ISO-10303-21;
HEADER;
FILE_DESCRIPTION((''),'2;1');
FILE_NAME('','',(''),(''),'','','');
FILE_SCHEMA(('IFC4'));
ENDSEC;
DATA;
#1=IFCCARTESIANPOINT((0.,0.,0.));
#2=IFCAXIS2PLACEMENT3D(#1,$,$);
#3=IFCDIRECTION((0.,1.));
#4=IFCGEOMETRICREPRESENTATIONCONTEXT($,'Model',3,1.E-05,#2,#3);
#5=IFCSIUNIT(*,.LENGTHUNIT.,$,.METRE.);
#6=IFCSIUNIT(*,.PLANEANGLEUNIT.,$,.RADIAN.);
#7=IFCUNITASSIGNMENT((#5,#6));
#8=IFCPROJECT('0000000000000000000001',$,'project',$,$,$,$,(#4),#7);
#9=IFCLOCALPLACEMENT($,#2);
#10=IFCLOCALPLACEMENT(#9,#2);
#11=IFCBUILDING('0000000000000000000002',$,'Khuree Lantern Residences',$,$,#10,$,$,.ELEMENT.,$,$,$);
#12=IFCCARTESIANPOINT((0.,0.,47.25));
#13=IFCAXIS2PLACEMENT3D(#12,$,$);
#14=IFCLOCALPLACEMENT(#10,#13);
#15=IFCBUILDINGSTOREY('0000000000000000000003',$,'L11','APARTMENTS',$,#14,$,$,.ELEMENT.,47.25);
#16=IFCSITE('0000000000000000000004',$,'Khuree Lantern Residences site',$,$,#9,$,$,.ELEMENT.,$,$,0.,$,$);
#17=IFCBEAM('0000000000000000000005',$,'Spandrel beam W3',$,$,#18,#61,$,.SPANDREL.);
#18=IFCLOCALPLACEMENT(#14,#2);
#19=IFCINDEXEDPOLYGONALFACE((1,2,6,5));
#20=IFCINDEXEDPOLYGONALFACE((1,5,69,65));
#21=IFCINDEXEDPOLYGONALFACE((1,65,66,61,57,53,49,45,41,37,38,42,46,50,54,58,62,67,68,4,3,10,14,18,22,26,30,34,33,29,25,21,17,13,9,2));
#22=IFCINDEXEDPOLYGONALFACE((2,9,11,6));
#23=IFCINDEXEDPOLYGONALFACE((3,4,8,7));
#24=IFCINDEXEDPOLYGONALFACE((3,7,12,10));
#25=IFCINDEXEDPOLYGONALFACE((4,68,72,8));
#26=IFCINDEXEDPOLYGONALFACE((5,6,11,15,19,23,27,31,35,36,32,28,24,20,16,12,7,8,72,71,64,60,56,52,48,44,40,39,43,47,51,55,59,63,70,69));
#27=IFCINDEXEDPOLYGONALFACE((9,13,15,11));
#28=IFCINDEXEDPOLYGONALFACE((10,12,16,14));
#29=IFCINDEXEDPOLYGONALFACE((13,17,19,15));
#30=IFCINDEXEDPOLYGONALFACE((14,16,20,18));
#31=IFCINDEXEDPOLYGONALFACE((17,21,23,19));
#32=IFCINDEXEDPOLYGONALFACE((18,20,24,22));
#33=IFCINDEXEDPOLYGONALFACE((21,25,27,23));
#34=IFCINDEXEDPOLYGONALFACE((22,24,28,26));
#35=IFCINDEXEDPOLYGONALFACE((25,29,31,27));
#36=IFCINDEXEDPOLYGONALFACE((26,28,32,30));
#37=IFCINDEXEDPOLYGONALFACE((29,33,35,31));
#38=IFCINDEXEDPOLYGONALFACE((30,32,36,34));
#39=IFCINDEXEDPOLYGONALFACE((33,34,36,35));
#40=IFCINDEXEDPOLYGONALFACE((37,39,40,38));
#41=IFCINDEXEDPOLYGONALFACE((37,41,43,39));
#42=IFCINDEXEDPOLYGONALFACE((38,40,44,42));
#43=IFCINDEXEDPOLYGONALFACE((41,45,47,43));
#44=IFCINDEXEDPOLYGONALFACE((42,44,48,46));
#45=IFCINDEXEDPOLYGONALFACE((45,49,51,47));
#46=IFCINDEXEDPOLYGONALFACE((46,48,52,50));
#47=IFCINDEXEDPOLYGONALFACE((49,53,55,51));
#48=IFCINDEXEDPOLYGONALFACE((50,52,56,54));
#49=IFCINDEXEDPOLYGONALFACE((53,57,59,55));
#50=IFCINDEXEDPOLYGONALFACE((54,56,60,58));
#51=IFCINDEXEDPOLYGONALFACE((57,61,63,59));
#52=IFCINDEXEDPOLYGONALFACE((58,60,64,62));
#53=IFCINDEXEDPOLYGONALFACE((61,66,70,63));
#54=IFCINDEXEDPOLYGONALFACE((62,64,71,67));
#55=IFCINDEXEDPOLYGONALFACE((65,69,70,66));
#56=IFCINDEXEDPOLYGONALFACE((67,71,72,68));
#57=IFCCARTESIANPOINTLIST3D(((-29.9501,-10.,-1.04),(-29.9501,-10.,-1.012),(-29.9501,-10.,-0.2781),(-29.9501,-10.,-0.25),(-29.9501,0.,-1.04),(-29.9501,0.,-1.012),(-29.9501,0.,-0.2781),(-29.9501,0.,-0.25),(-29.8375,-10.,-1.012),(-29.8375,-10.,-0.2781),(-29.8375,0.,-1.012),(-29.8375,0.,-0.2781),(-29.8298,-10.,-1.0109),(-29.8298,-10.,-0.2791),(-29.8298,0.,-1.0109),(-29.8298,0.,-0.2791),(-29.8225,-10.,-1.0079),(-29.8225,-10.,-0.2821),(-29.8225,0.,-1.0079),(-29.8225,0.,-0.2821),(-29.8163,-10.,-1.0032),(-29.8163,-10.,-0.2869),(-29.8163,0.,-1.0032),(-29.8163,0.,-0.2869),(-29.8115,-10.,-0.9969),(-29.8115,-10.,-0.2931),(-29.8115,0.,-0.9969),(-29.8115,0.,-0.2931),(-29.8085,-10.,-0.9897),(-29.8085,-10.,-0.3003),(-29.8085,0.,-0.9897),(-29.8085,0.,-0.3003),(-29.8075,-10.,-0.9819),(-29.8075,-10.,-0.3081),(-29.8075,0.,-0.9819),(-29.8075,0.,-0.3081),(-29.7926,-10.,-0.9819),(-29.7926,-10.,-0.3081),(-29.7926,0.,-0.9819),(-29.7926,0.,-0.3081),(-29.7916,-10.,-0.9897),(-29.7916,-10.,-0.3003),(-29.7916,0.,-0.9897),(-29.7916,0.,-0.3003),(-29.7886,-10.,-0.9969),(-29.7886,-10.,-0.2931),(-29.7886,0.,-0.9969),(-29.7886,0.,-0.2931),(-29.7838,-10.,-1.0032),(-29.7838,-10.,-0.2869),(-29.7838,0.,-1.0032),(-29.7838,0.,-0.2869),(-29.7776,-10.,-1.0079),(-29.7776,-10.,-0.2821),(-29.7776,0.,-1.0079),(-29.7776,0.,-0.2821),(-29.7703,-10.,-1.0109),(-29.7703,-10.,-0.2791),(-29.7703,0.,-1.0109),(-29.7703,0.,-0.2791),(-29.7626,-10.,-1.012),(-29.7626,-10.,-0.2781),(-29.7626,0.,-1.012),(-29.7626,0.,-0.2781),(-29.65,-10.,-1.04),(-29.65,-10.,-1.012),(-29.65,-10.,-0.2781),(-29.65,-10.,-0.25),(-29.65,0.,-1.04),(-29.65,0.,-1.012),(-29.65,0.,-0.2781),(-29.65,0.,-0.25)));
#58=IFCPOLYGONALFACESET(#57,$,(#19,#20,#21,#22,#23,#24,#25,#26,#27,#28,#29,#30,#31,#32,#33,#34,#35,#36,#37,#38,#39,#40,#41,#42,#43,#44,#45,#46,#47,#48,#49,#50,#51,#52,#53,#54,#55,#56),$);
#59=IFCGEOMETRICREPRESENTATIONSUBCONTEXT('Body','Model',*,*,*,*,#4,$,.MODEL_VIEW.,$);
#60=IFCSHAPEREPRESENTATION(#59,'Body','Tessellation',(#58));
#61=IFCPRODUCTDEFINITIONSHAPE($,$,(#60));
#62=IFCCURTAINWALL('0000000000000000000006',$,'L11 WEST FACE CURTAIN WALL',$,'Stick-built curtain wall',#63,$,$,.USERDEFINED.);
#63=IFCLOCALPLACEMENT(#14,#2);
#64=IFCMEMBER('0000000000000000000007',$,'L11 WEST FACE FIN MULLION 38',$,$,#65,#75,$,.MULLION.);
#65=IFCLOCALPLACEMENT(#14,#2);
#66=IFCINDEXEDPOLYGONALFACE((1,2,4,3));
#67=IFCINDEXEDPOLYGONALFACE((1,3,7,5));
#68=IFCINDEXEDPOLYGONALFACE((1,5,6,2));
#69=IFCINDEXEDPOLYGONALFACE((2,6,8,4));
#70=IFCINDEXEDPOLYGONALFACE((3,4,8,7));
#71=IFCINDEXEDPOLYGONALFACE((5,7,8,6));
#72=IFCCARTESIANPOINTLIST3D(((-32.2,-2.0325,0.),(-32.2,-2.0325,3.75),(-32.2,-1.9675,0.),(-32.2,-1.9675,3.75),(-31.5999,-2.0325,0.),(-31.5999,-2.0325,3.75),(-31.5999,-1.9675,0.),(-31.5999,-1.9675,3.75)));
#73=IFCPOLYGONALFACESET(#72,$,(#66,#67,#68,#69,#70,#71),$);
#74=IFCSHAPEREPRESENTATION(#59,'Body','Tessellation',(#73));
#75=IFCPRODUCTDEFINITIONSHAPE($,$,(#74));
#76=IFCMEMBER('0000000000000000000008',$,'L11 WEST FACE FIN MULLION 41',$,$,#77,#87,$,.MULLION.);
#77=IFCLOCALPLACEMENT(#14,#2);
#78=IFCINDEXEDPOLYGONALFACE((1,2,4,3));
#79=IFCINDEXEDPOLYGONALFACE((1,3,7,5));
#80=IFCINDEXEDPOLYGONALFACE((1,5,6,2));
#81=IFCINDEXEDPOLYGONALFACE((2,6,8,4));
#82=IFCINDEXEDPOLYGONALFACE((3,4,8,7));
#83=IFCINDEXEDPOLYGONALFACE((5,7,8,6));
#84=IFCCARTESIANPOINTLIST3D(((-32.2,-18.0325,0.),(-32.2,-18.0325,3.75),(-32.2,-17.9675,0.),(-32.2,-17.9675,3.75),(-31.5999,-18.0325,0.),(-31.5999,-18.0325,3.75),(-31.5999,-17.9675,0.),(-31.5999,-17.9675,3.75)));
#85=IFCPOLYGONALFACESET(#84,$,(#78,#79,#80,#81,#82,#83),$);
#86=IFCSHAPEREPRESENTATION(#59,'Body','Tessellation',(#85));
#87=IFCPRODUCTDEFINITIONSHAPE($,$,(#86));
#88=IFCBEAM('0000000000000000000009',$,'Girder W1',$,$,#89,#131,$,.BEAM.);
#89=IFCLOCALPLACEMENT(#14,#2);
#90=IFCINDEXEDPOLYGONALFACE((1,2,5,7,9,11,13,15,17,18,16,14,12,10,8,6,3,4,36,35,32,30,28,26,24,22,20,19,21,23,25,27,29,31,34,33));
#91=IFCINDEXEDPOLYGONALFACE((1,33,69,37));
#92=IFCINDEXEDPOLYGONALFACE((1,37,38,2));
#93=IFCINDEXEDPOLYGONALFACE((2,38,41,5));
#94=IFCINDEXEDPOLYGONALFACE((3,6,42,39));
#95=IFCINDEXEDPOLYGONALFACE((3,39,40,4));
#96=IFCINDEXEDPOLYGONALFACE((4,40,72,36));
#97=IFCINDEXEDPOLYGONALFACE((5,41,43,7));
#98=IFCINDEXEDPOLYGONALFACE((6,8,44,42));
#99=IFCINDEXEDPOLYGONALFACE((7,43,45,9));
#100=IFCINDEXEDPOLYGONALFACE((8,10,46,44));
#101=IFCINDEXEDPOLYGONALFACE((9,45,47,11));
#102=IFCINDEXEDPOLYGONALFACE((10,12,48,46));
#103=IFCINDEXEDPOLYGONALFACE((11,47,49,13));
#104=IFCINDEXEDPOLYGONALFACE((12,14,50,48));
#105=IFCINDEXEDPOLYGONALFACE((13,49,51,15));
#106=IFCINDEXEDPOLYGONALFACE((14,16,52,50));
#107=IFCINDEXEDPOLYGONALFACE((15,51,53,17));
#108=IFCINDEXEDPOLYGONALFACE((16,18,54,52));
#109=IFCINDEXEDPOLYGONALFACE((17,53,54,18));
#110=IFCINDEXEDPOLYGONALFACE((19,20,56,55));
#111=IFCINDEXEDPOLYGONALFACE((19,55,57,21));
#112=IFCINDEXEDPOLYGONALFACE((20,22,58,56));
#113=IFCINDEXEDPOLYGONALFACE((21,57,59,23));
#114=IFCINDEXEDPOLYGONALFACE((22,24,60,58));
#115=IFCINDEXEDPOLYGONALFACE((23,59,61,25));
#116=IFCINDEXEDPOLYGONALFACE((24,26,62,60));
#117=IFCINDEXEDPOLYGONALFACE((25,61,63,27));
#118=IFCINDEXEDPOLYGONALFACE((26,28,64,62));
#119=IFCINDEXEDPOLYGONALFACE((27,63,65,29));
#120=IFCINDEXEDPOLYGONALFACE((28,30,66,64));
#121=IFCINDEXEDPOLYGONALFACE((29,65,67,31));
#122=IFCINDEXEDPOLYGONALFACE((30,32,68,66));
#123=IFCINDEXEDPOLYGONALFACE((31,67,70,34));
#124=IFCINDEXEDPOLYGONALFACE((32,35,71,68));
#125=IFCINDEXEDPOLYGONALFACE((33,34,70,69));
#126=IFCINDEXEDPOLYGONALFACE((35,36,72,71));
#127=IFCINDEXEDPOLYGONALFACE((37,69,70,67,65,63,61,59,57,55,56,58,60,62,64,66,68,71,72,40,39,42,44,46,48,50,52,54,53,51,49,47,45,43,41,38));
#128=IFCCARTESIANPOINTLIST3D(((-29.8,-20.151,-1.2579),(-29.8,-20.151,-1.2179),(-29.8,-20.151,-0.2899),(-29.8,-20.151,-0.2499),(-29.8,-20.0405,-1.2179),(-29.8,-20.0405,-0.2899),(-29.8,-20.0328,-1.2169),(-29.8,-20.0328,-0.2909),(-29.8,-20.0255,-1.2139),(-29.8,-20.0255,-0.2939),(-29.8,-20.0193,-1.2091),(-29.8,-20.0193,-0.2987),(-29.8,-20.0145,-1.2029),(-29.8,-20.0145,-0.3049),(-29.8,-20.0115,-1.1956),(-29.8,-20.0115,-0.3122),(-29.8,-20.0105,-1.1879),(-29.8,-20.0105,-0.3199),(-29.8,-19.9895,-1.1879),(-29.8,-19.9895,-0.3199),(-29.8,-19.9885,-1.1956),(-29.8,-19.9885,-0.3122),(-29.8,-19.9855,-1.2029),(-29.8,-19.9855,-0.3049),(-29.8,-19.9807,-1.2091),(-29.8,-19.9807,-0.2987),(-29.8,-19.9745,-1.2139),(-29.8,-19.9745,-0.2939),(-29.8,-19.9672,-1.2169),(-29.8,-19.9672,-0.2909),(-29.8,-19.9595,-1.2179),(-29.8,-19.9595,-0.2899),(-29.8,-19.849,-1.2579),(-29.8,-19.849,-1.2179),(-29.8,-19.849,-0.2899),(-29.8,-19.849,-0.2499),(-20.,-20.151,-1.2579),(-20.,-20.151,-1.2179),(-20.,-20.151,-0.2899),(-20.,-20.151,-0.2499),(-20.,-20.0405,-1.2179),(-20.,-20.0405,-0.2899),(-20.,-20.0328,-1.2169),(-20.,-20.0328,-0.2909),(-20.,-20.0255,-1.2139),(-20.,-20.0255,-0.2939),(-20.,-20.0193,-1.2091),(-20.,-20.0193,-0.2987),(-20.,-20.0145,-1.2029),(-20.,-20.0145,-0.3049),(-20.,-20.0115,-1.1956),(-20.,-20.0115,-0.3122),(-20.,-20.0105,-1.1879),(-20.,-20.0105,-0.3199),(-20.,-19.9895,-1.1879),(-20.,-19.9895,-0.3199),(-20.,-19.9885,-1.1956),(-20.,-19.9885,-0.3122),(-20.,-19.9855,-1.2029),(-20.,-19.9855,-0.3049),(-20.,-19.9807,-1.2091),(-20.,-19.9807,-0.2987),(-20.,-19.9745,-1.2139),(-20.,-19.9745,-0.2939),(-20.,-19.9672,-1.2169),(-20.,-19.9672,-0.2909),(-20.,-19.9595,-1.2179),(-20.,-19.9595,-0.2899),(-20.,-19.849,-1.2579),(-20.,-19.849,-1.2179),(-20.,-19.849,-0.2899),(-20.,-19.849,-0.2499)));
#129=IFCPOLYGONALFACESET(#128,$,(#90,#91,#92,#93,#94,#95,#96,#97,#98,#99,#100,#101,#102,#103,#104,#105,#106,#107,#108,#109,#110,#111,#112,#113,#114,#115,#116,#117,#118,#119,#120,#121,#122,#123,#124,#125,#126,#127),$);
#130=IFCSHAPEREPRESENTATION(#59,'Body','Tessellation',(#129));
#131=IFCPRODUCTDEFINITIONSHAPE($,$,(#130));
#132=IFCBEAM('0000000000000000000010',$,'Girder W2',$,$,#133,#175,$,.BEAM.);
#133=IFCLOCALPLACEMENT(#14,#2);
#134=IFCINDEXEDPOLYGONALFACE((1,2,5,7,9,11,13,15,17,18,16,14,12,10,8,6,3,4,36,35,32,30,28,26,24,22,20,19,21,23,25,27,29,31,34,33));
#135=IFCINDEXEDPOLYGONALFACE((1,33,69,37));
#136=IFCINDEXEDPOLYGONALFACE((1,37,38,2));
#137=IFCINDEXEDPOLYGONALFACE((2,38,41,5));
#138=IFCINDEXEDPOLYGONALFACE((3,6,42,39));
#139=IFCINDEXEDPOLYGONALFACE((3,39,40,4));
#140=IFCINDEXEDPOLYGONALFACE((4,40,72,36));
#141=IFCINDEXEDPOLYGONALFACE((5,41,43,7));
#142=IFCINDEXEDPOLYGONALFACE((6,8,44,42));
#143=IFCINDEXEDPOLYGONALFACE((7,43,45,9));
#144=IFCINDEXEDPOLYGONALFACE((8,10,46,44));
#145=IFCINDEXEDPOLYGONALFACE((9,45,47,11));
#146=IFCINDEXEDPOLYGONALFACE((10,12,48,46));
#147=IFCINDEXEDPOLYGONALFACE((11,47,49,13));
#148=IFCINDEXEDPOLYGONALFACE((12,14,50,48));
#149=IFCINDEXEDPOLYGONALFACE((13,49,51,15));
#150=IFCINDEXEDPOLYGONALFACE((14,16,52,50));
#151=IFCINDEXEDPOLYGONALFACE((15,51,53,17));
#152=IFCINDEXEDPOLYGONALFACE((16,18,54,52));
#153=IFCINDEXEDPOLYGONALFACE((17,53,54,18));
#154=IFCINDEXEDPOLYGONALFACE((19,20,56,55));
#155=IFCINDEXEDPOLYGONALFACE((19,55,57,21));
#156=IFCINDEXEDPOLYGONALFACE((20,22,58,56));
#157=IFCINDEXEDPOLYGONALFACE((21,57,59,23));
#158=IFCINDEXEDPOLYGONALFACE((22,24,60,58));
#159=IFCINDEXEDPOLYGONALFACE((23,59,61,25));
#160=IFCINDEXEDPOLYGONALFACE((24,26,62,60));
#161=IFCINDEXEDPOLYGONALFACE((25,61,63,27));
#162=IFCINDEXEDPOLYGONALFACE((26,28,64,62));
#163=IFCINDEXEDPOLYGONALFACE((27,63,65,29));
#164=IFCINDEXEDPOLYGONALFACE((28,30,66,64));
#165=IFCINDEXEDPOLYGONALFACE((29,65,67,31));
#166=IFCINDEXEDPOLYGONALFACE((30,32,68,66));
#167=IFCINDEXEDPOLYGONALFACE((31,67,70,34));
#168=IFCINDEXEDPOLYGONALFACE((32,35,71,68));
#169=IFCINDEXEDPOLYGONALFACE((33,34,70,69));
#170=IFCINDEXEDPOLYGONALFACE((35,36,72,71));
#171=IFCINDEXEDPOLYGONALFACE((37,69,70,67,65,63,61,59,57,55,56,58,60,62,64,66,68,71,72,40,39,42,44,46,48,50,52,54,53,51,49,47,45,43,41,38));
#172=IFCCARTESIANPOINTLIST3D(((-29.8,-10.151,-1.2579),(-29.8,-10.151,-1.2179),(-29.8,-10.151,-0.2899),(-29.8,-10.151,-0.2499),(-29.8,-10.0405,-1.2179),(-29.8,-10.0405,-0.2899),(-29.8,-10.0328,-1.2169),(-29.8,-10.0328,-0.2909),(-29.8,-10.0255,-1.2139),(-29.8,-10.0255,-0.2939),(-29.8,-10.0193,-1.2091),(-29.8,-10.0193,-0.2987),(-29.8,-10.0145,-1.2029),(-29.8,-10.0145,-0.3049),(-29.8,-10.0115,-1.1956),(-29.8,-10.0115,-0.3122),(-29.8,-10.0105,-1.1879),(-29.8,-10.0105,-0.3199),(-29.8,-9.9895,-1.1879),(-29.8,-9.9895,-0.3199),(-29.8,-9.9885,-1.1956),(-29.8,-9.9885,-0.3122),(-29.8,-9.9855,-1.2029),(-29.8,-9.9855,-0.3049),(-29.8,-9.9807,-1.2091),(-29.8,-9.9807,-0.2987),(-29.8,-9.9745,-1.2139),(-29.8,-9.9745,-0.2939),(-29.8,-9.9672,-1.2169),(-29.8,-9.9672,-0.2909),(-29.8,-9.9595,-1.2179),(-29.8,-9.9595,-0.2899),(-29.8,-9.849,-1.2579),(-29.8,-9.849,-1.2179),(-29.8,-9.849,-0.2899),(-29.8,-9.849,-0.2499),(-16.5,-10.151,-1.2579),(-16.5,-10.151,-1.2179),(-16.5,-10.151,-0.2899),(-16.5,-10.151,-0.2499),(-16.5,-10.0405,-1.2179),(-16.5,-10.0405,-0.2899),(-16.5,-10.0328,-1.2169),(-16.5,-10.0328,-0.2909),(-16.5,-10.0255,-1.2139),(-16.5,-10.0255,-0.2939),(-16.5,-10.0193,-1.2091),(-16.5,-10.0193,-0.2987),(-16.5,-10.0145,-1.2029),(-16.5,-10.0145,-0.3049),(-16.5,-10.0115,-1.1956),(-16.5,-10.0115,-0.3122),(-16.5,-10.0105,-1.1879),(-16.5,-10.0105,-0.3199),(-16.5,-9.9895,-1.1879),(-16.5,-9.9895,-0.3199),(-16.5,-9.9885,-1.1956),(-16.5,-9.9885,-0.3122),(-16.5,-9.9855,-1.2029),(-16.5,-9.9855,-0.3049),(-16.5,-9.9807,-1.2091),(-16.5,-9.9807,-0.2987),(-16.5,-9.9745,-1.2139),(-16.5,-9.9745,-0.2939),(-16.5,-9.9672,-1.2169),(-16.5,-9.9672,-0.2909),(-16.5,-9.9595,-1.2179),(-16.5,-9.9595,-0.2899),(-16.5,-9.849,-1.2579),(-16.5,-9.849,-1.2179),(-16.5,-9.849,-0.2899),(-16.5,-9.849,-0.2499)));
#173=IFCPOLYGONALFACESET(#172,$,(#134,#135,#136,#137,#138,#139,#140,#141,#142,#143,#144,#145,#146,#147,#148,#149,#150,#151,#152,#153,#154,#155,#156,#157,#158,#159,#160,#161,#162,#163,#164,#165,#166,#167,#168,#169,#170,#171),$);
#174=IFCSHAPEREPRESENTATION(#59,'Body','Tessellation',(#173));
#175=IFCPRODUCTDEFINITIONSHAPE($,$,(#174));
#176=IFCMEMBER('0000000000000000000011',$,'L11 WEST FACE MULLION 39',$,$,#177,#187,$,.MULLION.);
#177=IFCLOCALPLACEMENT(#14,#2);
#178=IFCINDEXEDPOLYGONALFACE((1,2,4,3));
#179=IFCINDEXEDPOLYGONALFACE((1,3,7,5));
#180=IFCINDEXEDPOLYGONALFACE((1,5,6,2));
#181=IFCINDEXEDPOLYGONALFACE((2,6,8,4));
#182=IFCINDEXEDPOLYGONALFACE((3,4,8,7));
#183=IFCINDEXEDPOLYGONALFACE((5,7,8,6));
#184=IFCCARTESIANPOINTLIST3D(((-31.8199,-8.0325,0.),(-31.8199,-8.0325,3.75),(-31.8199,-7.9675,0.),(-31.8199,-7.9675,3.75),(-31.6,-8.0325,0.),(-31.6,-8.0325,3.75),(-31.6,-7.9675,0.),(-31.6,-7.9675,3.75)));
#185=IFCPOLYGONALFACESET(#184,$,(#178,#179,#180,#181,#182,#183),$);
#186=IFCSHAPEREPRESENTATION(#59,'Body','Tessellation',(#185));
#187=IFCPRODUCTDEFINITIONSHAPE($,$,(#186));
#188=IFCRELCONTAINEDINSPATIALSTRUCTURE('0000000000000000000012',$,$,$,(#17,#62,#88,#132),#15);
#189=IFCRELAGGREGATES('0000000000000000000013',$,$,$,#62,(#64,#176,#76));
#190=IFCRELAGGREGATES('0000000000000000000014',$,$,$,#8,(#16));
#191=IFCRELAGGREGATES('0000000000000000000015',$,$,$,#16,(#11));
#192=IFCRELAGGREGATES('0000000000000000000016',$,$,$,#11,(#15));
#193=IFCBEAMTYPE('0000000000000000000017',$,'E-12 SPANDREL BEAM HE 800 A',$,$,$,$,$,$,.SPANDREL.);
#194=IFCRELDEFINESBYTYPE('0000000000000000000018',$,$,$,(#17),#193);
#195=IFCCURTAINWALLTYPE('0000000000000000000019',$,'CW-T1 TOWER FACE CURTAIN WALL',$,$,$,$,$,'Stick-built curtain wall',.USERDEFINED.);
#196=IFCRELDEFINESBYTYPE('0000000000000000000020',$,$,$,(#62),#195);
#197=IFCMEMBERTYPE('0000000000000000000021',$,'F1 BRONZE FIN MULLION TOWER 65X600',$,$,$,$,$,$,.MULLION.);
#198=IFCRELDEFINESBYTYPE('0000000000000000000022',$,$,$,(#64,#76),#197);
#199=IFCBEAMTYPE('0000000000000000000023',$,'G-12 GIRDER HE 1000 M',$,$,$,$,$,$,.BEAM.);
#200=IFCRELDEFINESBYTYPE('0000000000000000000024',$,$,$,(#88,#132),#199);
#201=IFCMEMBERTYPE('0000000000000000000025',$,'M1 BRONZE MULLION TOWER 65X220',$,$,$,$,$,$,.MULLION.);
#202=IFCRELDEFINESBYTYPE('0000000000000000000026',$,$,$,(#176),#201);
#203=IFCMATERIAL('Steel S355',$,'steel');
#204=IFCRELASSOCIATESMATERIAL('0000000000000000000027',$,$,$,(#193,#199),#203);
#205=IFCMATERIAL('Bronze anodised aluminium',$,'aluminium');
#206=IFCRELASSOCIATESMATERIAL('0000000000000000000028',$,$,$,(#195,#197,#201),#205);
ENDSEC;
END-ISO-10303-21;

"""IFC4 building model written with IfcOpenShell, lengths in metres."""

from ifc_helpers import new_model, si_unit, direction, frame, origin, origin_2d, place, context, subcontext, project, spatial, rectangle, i_section, extrude, material, material_profile, profile_set, type_object, element, aggregate, save


model = new_model("IFC4")

# Units and contexts
model_context = context("Model", 3, precision=1e-05, world=origin(), true_north=direction((0.0, 1.0)))
body_context = subcontext(model_context, "Body", "Model", "MODEL_VIEW")
ifc_project = project(units=[si_unit("LENGTHUNIT", "METRE"), si_unit("PLANEANGLEUNIT", "RADIAN")], contexts=[model_context])

# Site, building, storey
site_placement = place(None, origin())
site = spatial("IfcSite", under=ifc_project, at=site_placement, Name="Khuree Lantern Residences site", CompositionType="ELEMENT", RefElevation=0.0)
building_placement = place(site_placement, origin())
building = spatial("IfcBuilding", under=site, at=building_placement, Name="Khuree Lantern Residences", CompositionType="ELEMENT")
storey_placement = place(building_placement, frame((0.0, 0.0, 47.25)))
storey = spatial("IfcBuildingStorey", under=building, at=storey_placement, Name="L11", Description="APARTMENTS", CompositionType="ELEMENT", Elevation=47.25)

# Beam
ifc_material_1 = material(Name="Steel S355", Category="steel")
ifc_material_profile_1 = material_profile(ifc_material_1, i_section(OverallWidth=0.3, OverallDepth=0.79, WebThickness=0.0149, FlangeThickness=0.0281, FilletRadius=0.03, at=origin_2d()), Name="HE 800 A")
ifc_profile_set_1 = profile_set([ifc_material_profile_1], Name="Steel S355")
beam_type_1 = type_object("IfcBeamType", Name="E-12 SPANDREL BEAM HE 800 A", PredefinedType="SPANDREL", material=ifc_profile_set_1)
for number, where, z_axis, x_axis, name in (
    (1, (-29.8, -10.0, -0.645), (0.0, 1.0, 0.0), (-1.0, 0.0, 0.0), "Spandrel beam W3"),
):
    element("IfcBeam", number, at=place(storey_placement, frame(where, z_axis=z_axis, x_axis=x_axis)), inside=storey, type_object=beam_type_1, Name=name, PredefinedType="SPANDREL", context=body_context, shape_type="SweptSolid", body=[
        extrude(i_section(OverallWidth=0.3, OverallDepth=0.79, WebThickness=0.0149, FlangeThickness=0.0281, FilletRadius=0.03, at=origin_2d()), origin(), (0.0, 0.0, 1.0), 10.0),
    ])

# Curtain wall, members
ifc_material_2 = material(Name="Bronze anodised aluminium", Category="aluminium")
curtain_wall_type = type_object("IfcCurtainWallType", Name="CW-T1 TOWER FACE CURTAIN WALL", ElementType="Stick-built curtain wall", PredefinedType="USERDEFINED", material=ifc_material_2)
curtain_wall_placement = place(storey_placement, origin())
curtain_wall = element("IfcCurtainWall", 2, at=curtain_wall_placement, inside=storey, type_object=curtain_wall_type, Name="L11 WEST FACE CURTAIN WALL", ObjectType="Stick-built curtain wall", PredefinedType="USERDEFINED")
ifc_material_profile_2 = material_profile(ifc_material_2, rectangle(XDim=0.0649, YDim=0.6001, at=origin_2d()), Name="F1 65X600")
ifc_profile_set_2 = profile_set([ifc_material_profile_2], Name="Bronze anodised aluminium")
member_type_1 = type_object("IfcMemberType", Name="F1 BRONZE FIN MULLION TOWER 65X600", PredefinedType="MULLION", material=ifc_profile_set_2)
member_1_placement = place(storey_placement, frame((-31.8999, -2.0, 0.0), z_axis=(0.0, 0.0, 1.0), x_axis=(0.0, -1.0, 0.0)))
member_1 = element("IfcMember", 3, at=member_1_placement, type_object=member_type_1, Name="L11 WEST FACE FIN MULLION 38", PredefinedType="MULLION", context=body_context, shape_type="SweptSolid", body=[
    extrude(rectangle(XDim=0.0649, YDim=0.6001, at=origin_2d()), origin(), (0.0, 0.0, 1.0), 3.75),
])
member_2_placement = place(storey_placement, frame((-31.8999, -18.0, 0.0), z_axis=(0.0, 0.0, 1.0), x_axis=(0.0, -1.0, 0.0)))
member_2 = element("IfcMember", 4, at=member_2_placement, type_object=member_type_1, Name="L11 WEST FACE FIN MULLION 41", PredefinedType="MULLION", context=body_context, shape_type="SweptSolid", body=[
    extrude(rectangle(XDim=0.0649, YDim=0.6001, at=origin_2d()), origin(), (0.0, 0.0, 1.0), 3.75),
])

# Beams
ifc_material_profile_3 = material_profile(ifc_material_1, i_section(OverallWidth=0.302, OverallDepth=1.0081, WebThickness=0.021, FlangeThickness=0.04, FilletRadius=0.03, at=origin_2d()), Name="HE 1000 M")
ifc_profile_set_3 = profile_set([ifc_material_profile_3], Name="Steel S355")
beam_type_2 = type_object("IfcBeamType", Name="G-12 GIRDER HE 1000 M", PredefinedType="BEAM", material=ifc_profile_set_3)
beam_1_placement = place(storey_placement, frame((-29.8, -20.0, -0.7539), z_axis=(1.0, 0.0, 0.0), x_axis=(0.0, 1.0, 0.0)))
element("IfcBeam", 5, at=beam_1_placement, inside=storey, type_object=beam_type_2, Name="Girder W1", PredefinedType="BEAM", context=body_context, shape_type="SweptSolid", body=[
    extrude(i_section(OverallWidth=0.302, OverallDepth=1.0081, WebThickness=0.021, FlangeThickness=0.04, FilletRadius=0.03, at=origin_2d()), origin(), (0.0, 0.0, 1.0), 9.8),
])
beam_2_placement = place(storey_placement, frame((-29.8, -10.0, -0.7539), z_axis=(1.0, 0.0, 0.0), x_axis=(0.0, 1.0, 0.0)))
element("IfcBeam", 6, at=beam_2_placement, inside=storey, type_object=beam_type_2, Name="Girder W2", PredefinedType="BEAM", context=body_context, shape_type="SweptSolid", body=[
    extrude(i_section(OverallWidth=0.302, OverallDepth=1.0081, WebThickness=0.021, FlangeThickness=0.04, FilletRadius=0.03, at=origin_2d()), origin(), (0.0, 0.0, 1.0), 13.3),
])

# Member
ifc_material_profile_4 = material_profile(ifc_material_2, rectangle(XDim=0.0649, YDim=0.22, at=origin_2d()), Name="M1 65X220")
ifc_profile_set_4 = profile_set([ifc_material_profile_4], Name="Bronze anodised aluminium")
member_type_2 = type_object("IfcMemberType", Name="M1 BRONZE MULLION TOWER 65X220", PredefinedType="MULLION", material=ifc_profile_set_4)
member_3_placement = place(storey_placement, frame((-31.71, -8.0, 0.0), z_axis=(0.0, 0.0, 1.0), x_axis=(0.0, -1.0, 0.0)))
member_3 = element("IfcMember", 7, at=member_3_placement, type_object=member_type_2, Name="L11 WEST FACE MULLION 39", PredefinedType="MULLION", context=body_context, shape_type="SweptSolid", body=[
    extrude(rectangle(XDim=0.0649, YDim=0.22, at=origin_2d()), origin(), (0.0, 0.0, 1.0), 3.75),
])

aggregate(curtain_wall, [member_1, member_3, member_2])

save(model, "model.ifc")
